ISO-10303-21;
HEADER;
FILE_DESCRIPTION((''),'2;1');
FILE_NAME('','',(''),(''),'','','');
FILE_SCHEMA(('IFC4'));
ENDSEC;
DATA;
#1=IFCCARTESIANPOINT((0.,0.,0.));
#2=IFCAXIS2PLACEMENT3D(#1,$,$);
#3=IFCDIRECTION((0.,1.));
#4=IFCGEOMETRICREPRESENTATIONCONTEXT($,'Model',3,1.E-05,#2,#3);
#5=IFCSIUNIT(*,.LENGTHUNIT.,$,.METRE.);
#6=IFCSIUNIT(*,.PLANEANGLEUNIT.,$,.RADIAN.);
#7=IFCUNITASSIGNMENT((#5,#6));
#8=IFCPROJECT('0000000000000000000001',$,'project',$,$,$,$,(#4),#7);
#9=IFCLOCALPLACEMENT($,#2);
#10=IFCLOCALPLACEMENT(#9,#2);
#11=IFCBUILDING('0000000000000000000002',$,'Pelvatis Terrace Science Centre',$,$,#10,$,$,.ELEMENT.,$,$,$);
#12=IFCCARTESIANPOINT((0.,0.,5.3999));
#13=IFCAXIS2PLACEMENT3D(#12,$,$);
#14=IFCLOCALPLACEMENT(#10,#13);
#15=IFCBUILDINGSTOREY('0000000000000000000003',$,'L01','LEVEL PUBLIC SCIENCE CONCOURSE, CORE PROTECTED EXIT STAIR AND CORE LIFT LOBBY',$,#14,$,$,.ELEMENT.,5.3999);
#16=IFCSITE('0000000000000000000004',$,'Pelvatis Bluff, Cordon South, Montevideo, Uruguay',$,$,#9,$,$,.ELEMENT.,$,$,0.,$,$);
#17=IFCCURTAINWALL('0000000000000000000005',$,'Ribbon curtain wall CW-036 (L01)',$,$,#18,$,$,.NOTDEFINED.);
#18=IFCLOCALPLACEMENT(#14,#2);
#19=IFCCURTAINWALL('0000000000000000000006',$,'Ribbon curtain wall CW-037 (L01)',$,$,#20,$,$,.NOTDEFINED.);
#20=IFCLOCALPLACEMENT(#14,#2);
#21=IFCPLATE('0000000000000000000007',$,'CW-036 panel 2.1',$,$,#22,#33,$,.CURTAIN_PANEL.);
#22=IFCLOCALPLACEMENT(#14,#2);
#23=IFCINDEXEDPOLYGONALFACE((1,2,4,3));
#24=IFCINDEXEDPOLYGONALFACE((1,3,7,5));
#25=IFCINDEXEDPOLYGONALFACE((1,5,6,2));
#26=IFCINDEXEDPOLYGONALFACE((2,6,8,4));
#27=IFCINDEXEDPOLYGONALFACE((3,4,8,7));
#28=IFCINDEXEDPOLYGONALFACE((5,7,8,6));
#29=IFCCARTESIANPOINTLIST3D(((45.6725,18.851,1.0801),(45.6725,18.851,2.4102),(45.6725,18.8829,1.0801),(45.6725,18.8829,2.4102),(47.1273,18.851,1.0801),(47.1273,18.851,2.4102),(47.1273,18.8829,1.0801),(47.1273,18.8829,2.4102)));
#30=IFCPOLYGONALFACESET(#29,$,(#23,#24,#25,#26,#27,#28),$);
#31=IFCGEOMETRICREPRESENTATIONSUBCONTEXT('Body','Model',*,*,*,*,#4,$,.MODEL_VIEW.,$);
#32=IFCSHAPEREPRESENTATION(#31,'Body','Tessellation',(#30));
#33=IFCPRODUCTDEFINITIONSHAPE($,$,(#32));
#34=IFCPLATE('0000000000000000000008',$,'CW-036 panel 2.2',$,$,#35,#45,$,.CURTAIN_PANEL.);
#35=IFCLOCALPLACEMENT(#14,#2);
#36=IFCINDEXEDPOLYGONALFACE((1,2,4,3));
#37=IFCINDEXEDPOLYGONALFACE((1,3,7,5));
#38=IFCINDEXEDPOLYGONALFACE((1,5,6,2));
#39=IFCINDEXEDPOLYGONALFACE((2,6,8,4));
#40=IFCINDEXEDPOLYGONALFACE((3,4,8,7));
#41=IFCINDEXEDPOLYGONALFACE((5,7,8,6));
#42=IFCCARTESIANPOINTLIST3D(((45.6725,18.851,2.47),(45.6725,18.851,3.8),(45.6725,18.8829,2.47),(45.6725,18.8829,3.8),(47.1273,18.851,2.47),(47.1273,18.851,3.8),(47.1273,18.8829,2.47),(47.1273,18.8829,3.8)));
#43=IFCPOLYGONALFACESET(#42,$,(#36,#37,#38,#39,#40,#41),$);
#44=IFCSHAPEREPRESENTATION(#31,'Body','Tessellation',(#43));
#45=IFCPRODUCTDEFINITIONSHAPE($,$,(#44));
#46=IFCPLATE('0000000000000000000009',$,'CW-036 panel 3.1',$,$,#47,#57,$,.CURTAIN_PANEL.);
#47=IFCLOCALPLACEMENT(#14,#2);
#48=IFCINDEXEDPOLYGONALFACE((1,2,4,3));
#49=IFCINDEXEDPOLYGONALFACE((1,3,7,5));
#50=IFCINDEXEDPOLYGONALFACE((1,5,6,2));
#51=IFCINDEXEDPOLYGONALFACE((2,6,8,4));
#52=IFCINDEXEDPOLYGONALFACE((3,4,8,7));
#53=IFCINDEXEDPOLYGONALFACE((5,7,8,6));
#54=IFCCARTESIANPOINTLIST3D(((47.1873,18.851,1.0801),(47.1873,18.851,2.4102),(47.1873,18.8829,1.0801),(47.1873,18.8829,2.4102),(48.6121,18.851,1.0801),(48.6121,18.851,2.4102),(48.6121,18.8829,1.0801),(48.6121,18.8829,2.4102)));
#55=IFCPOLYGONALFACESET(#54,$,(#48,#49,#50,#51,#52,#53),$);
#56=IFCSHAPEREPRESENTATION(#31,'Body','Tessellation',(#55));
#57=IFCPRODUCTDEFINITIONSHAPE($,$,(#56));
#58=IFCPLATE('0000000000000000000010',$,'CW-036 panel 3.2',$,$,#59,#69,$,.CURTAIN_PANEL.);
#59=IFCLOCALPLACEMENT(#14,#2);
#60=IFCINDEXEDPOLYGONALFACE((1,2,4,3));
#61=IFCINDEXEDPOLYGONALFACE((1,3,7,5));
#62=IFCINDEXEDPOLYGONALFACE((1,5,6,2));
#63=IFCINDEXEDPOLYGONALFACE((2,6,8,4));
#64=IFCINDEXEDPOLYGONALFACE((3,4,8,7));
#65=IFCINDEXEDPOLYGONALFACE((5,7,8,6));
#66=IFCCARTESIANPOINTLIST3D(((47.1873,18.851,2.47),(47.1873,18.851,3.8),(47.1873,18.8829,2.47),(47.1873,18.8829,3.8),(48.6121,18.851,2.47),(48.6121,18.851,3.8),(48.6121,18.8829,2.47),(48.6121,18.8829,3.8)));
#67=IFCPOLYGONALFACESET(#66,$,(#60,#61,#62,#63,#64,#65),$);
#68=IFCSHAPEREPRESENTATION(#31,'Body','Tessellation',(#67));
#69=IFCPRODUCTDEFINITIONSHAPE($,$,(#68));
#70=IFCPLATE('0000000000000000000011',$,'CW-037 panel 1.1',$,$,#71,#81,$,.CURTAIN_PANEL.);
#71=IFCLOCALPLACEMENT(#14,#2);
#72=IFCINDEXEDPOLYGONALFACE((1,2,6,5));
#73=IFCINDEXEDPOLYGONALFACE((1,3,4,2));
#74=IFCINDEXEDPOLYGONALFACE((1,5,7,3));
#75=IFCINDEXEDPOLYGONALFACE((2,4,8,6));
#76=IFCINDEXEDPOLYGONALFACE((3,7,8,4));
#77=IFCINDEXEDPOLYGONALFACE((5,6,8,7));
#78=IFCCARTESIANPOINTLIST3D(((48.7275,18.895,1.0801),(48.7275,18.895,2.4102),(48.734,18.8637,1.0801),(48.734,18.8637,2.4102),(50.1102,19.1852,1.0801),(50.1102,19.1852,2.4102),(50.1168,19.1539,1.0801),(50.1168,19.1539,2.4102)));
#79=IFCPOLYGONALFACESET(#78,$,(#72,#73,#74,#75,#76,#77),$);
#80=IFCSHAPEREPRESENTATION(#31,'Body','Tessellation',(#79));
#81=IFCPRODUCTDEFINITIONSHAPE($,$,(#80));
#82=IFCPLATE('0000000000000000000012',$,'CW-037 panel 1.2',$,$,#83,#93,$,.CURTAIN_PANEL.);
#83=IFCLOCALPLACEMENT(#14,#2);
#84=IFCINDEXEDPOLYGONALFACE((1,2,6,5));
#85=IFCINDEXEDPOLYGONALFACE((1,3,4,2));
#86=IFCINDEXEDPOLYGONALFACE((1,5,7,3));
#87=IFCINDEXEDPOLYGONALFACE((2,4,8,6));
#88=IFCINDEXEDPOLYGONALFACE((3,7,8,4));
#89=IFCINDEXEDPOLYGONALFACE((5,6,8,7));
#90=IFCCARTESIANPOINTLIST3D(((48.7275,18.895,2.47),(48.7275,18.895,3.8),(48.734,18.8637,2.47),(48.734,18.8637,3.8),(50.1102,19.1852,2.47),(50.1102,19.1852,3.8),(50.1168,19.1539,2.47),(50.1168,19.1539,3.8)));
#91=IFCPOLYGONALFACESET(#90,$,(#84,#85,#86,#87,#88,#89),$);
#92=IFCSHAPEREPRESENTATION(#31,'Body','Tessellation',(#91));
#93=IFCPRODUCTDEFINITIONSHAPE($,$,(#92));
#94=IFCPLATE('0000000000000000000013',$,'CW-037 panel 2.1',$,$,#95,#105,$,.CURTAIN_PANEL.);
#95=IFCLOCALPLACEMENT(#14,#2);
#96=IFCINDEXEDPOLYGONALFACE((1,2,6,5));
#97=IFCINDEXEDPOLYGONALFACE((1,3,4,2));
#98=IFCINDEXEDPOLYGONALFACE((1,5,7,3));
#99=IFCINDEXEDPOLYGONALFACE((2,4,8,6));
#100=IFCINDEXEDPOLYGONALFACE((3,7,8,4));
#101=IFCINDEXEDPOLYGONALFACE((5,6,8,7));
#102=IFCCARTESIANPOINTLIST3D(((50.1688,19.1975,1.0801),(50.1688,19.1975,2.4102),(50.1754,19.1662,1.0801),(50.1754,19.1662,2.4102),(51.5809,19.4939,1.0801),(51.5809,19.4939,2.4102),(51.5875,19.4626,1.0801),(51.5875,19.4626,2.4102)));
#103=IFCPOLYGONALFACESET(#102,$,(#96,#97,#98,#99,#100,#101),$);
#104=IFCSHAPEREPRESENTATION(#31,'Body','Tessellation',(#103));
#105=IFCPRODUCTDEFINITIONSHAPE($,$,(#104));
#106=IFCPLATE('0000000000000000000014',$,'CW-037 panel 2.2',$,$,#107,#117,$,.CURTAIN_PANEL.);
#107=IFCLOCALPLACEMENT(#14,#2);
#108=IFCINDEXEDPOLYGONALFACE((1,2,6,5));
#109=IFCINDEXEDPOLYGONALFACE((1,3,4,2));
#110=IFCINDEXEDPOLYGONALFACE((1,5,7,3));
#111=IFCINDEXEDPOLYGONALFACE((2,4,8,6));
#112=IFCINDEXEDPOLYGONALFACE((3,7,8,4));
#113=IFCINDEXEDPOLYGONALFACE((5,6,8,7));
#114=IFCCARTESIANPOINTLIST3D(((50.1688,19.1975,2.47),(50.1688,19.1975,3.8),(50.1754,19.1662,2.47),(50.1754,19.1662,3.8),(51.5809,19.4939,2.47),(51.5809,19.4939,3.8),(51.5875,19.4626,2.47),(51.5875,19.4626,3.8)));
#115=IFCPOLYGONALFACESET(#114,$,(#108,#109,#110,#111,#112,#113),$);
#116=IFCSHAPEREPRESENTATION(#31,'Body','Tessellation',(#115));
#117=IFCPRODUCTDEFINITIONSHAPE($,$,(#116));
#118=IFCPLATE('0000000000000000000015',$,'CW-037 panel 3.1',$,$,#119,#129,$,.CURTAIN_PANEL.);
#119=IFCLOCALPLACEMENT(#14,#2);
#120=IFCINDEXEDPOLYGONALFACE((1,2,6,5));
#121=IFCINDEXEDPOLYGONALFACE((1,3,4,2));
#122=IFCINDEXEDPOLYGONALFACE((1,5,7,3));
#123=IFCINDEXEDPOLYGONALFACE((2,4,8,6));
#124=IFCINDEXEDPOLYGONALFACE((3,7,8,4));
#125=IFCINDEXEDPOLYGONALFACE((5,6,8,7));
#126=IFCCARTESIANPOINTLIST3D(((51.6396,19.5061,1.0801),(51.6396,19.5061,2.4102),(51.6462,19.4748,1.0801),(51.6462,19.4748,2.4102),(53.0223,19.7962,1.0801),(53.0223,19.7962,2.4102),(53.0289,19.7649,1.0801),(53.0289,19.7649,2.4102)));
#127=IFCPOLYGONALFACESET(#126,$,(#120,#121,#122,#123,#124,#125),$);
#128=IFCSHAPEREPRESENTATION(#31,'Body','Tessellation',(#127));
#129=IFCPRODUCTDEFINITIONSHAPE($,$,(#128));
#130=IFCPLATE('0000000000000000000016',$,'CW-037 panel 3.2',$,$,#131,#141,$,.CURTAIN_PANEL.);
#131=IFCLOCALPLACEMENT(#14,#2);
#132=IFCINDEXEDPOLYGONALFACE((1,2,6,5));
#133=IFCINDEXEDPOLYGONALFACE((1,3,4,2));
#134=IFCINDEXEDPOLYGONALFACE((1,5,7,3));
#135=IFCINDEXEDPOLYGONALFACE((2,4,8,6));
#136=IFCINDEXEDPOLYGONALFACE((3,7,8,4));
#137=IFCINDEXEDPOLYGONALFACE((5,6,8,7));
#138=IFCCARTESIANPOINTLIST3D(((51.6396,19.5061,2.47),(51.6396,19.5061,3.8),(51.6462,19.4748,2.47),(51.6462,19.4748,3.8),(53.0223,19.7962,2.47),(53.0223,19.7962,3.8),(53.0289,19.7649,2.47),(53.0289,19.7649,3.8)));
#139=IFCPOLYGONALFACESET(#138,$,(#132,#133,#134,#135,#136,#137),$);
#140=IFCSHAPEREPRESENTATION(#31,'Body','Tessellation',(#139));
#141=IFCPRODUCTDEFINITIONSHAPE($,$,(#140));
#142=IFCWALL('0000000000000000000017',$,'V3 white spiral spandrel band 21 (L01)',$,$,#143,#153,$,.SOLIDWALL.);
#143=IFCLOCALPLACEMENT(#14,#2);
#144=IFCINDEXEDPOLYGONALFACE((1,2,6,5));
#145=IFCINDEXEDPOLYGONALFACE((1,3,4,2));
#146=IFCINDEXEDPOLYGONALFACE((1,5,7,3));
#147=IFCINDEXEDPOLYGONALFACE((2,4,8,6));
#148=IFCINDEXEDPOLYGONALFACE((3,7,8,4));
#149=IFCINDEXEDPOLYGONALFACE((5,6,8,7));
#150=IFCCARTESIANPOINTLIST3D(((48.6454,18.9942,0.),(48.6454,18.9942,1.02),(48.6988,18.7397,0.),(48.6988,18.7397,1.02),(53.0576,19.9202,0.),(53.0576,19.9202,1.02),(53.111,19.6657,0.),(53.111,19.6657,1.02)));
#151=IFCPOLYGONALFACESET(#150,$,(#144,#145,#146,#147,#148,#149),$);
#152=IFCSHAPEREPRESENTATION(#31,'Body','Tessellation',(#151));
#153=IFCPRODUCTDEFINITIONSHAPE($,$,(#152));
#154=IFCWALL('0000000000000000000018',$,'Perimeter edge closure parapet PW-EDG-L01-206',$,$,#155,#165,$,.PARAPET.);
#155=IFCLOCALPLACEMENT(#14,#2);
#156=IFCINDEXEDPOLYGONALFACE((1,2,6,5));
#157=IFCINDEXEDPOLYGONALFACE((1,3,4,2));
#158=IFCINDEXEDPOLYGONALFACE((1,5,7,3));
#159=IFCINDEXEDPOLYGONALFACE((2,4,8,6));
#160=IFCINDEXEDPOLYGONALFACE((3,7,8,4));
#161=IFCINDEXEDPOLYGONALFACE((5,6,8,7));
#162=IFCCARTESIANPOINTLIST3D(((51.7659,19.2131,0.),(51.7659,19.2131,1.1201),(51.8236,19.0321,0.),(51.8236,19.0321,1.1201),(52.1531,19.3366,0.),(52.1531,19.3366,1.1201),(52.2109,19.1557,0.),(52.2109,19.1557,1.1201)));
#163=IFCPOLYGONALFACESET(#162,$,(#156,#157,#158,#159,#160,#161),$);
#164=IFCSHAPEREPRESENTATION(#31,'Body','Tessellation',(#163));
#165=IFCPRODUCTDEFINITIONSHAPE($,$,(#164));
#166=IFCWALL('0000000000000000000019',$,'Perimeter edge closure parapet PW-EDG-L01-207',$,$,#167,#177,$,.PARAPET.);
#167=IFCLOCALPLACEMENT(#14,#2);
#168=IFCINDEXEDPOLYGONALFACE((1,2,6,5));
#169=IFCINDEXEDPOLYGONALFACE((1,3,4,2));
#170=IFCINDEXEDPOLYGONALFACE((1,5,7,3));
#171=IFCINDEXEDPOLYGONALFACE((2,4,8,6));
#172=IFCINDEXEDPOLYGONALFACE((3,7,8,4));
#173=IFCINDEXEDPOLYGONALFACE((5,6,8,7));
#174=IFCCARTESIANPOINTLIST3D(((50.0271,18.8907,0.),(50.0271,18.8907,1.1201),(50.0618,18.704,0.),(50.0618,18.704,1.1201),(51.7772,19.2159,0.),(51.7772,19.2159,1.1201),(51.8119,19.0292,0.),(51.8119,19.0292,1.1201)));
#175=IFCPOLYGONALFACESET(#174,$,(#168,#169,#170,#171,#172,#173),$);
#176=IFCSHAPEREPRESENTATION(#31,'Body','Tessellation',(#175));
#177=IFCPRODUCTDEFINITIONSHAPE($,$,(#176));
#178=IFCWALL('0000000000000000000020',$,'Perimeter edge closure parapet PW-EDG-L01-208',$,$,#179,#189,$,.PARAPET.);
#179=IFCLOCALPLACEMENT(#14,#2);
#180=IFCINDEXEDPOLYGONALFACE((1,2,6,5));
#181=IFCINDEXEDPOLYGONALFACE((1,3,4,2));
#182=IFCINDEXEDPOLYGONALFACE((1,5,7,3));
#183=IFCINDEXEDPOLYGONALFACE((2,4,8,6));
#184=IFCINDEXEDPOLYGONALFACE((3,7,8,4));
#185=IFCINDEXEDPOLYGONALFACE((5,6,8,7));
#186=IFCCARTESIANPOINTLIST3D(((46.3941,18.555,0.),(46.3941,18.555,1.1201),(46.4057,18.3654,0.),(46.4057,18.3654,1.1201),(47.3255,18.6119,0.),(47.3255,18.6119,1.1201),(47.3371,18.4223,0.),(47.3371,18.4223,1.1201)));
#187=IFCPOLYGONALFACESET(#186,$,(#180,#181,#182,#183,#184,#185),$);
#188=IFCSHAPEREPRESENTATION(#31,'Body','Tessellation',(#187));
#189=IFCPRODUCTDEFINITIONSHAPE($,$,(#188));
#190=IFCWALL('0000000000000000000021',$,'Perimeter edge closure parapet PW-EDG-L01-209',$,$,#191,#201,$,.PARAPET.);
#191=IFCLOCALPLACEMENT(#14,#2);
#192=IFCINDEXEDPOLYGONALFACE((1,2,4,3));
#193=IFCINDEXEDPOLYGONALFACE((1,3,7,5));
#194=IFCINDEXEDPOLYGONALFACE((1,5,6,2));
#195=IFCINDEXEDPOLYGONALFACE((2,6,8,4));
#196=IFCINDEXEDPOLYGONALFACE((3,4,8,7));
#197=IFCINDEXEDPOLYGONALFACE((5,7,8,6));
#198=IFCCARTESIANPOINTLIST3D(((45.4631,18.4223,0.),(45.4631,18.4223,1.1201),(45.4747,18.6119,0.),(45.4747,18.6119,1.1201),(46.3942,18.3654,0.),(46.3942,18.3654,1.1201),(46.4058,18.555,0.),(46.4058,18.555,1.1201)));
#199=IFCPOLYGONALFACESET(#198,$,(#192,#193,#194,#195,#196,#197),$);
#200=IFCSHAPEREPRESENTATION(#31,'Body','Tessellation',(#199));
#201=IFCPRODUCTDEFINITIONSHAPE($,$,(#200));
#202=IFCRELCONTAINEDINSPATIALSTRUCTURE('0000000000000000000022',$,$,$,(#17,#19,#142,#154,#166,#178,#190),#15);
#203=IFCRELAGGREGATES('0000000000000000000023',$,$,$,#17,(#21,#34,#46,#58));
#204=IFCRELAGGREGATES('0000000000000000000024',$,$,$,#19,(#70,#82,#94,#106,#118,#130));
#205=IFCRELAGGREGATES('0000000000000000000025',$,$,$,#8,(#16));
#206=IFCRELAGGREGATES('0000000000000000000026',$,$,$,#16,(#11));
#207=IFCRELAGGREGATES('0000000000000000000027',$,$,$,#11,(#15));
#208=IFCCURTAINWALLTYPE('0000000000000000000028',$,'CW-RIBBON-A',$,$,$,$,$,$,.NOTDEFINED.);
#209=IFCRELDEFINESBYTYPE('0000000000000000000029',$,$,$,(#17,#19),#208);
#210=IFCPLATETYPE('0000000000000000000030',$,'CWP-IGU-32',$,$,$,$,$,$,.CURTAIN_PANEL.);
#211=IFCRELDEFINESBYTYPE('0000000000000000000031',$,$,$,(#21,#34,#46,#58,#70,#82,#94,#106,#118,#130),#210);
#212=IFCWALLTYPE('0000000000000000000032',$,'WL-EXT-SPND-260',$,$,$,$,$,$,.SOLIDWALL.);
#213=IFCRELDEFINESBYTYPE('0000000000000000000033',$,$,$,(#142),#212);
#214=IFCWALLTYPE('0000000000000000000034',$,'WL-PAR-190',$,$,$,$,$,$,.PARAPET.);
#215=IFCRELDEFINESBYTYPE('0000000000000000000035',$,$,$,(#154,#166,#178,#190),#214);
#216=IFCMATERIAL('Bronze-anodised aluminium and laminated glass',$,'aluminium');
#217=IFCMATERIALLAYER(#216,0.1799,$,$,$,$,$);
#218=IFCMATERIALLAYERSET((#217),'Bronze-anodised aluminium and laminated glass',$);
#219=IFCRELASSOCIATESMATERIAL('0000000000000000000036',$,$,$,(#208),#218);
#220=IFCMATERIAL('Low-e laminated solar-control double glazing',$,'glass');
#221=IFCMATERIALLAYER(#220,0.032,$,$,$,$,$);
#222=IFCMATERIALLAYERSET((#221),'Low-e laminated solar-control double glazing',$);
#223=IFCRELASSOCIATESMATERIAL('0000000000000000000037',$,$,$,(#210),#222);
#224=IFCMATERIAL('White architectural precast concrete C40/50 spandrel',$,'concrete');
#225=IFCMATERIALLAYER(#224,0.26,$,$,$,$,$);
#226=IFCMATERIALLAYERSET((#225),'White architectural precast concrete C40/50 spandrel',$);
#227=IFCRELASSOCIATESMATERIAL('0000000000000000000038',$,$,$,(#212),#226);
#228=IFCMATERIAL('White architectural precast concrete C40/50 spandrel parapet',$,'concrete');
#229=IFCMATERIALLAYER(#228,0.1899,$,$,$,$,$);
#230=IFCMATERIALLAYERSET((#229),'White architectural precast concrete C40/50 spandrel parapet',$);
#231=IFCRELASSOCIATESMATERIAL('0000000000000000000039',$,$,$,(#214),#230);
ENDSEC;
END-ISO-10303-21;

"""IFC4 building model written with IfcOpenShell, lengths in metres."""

from ifc_helpers import new_model, si_unit, direction, frame, frame_2d, origin, origin_2d, place, context, subcontext, project, spatial, rectangle, extrude, material, layer, layer_set, type_object, element, aggregate, save


model = new_model("IFC4")

# Units and contexts
model_context = context("Model", 3, precision=1e-05, world=origin(), true_north=direction((0.0, 1.0)))
body_context = subcontext(model_context, "Body", "Model", "MODEL_VIEW")
ifc_project = project(units=[si_unit("LENGTHUNIT", "METRE"), si_unit("PLANEANGLEUNIT", "RADIAN")], contexts=[model_context])

# Site, building, storey
site_placement = place(None, origin())
site = spatial("IfcSite", under=ifc_project, at=site_placement, Name="Pelvatis Bluff, Cordon South, Montevideo, Uruguay", CompositionType="ELEMENT", RefElevation=0.0)
building_placement = place(site_placement, origin())
building = spatial("IfcBuilding", under=site, at=building_placement, Name="Pelvatis Terrace Science Centre", CompositionType="ELEMENT")
storey_placement = place(building_placement, frame((0.0, 0.0, 5.3999)))
storey = spatial("IfcBuildingStorey", under=building, at=storey_placement, Name="L01", Description="LEVEL PUBLIC SCIENCE CONCOURSE, CORE PROTECTED EXIT STAIR AND CORE LIFT LOBBY", CompositionType="ELEMENT", Elevation=5.3999)

# Curtain walls
ifc_material_1 = material(Name="Bronze-anodised aluminium and laminated glass", Category="aluminium")
ifc_layer_1 = layer(ifc_material_1, 0.1799)
ifc_layer_set_1 = layer_set([ifc_layer_1], Name="Bronze-anodised aluminium and laminated glass")
curtain_wall_type = type_object("IfcCurtainWallType", Name="CW-RIBBON-A", PredefinedType="NOTDEFINED", material=ifc_layer_set_1)
curtain_wall_1_placement = place(storey_placement, origin())
curtain_wall_1 = element("IfcCurtainWall", 1, at=curtain_wall_1_placement, inside=storey, type_object=curtain_wall_type, Name="Ribbon curtain wall CW-036 (L01)", PredefinedType="NOTDEFINED")
curtain_wall_2_placement = place(storey_placement, origin())
curtain_wall_2 = element("IfcCurtainWall", 2, at=curtain_wall_2_placement, inside=storey, type_object=curtain_wall_type, Name="Ribbon curtain wall CW-037 (L01)", PredefinedType="NOTDEFINED")

# Plates
ifc_material_2 = material(Name="Low-e laminated solar-control double glazing", Category="glass")
ifc_layer_2 = layer(ifc_material_2, 0.032)
ifc_layer_set_2 = layer_set([ifc_layer_2], Name="Low-e laminated solar-control double glazing")
plate_type = type_object("IfcPlateType", Name="CWP-IGU-32", PredefinedType="CURTAIN_PANEL", material=ifc_layer_set_2)
plate_1_placement = place(storey_placement, frame((46.3999, 18.8669, 1.0801), z_axis=(0.0, 0.0, 1.0), x_axis=(1.0, 0.0, 0.0)))
plate_1 = element("IfcPlate", 3, at=plate_1_placement, type_object=plate_type, Name="CW-036 panel 2.1", PredefinedType="CURTAIN_PANEL", context=body_context, shape_type="SweptSolid", body=[
    extrude(rectangle(XDim=1.4548, YDim=0.032, at=origin_2d()), origin(), (0.0, 0.0, 1.0), 1.3301),
])
plate_2_placement = place(storey_placement, frame((46.3999, 18.8669, 2.47), z_axis=(0.0, 0.0, 1.0), x_axis=(1.0, 0.0, 0.0)))
plate_2 = element("IfcPlate", 4, at=plate_2_placement, type_object=plate_type, Name="CW-036 panel 2.2", PredefinedType="CURTAIN_PANEL", context=body_context, shape_type="SweptSolid", body=[
    extrude(rectangle(XDim=1.4548, YDim=0.032, at=origin_2d()), origin(), (0.0, 0.0, 1.0), 1.3301),
])
plate_3_placement = place(storey_placement, frame((47.8997, 18.8669, 1.0801), z_axis=(0.0, 0.0, 1.0), x_axis=(1.0, 0.0, 0.0)))
plate_3 = element("IfcPlate", 5, at=plate_3_placement, type_object=plate_type, Name="CW-036 panel 3.1", PredefinedType="CURTAIN_PANEL", context=body_context, shape_type="SweptSolid", body=[
    extrude(rectangle(XDim=1.4248, YDim=0.032, at=origin_2d()), origin(), (0.0, 0.0, 1.0), 1.3301),
])
plate_4_placement = place(storey_placement, frame((47.8997, 18.8669, 2.47), z_axis=(0.0, 0.0, 1.0), x_axis=(1.0, 0.0, 0.0)))
plate_4 = element("IfcPlate", 6, at=plate_4_placement, type_object=plate_type, Name="CW-036 panel 3.2", PredefinedType="CURTAIN_PANEL", context=body_context, shape_type="SweptSolid", body=[
    extrude(rectangle(XDim=1.4248, YDim=0.032, at=origin_2d()), origin(), (0.0, 0.0, 1.0), 1.3301),
])
aggregate(curtain_wall_1, [plate_1, plate_2, plate_3, plate_4])
plate_5_placement = place(storey_placement, frame((49.4221, 19.0244, 1.0801), z_axis=(0.0, 0.0, 1.0), x_axis=(0.978679, 0.205398, 0.0)))
plate_5 = element("IfcPlate", 7, at=plate_5_placement, type_object=plate_type, Name="CW-037 panel 1.1", PredefinedType="CURTAIN_PANEL", context=body_context, shape_type="SweptSolid", body=[
    extrude(rectangle(XDim=1.4128, YDim=0.032, at=origin_2d()), origin(), (0.0, 0.0, 1.0), 1.3301),
])
plate_6_placement = place(storey_placement, frame((49.4221, 19.0244, 2.47), z_axis=(0.0, 0.0, 1.0), x_axis=(0.978679, 0.205398, 0.0)))
plate_6 = element("IfcPlate", 8, at=plate_6_placement, type_object=plate_type, Name="CW-037 panel 1.2", PredefinedType="CURTAIN_PANEL", context=body_context, shape_type="SweptSolid", body=[
    extrude(rectangle(XDim=1.4128, YDim=0.032, at=origin_2d()), origin(), (0.0, 0.0, 1.0), 1.3301),
])
plate_7_placement = place(storey_placement, frame((50.8782, 19.3301, 1.0801), z_axis=(0.0, 0.0, 1.0), x_axis=(0.978679, 0.205398, 0.0)))
plate_7 = element("IfcPlate", 9, at=plate_7_placement, type_object=plate_type, Name="CW-037 panel 2.1", PredefinedType="CURTAIN_PANEL", context=body_context, shape_type="SweptSolid", body=[
    extrude(rectangle(XDim=1.4429, YDim=0.032, at=origin_2d()), origin(), (0.0, 0.0, 1.0), 1.3301),
])
plate_8_placement = place(storey_placement, frame((50.8782, 19.3301, 2.47), z_axis=(0.0, 0.0, 1.0), x_axis=(0.978679, 0.205398, 0.0)))
plate_8 = element("IfcPlate", 10, at=plate_8_placement, type_object=plate_type, Name="CW-037 panel 2.2", PredefinedType="CURTAIN_PANEL", context=body_context, shape_type="SweptSolid", body=[
    extrude(rectangle(XDim=1.4429, YDim=0.032, at=origin_2d()), origin(), (0.0, 0.0, 1.0), 1.3301),
])
plate_9_placement = place(storey_placement, frame((52.3342, 19.6355, 1.0801), z_axis=(0.0, 0.0, 1.0), x_axis=(0.978679, 0.205398, 0.0)))
plate_9 = element("IfcPlate", 11, at=plate_9_placement, type_object=plate_type, Name="CW-037 panel 3.1", PredefinedType="CURTAIN_PANEL", context=body_context, shape_type="SweptSolid", body=[
    extrude(rectangle(XDim=1.4128, YDim=0.032, at=origin_2d()), origin(), (0.0, 0.0, 1.0), 1.3301),
])
plate_10_placement = place(storey_placement, frame((52.3342, 19.6355, 2.47), z_axis=(0.0, 0.0, 1.0), x_axis=(0.978679, 0.205398, 0.0)))
plate_10 = element("IfcPlate", 12, at=plate_10_placement, type_object=plate_type, Name="CW-037 panel 3.2", PredefinedType="CURTAIN_PANEL", context=body_context, shape_type="SweptSolid", body=[
    extrude(rectangle(XDim=1.4128, YDim=0.032, at=origin_2d()), origin(), (0.0, 0.0, 1.0), 1.3301),
])
aggregate(curtain_wall_2, [plate_5, plate_6, plate_7, plate_8, plate_9, plate_10])

# Walls
ifc_material_3 = material(Name="White architectural precast concrete C40/50 spandrel", Category="concrete")
ifc_layer_3 = layer(ifc_material_3, 0.26)
ifc_layer_set_3 = layer_set([ifc_layer_3], Name="White architectural precast concrete C40/50 spandrel")
wall_type_1 = type_object("IfcWallType", Name="WL-EXT-SPND-260", PredefinedType="SOLIDWALL", material=ifc_layer_set_3)
wall_1_placement = place(storey_placement, frame((48.6721, 18.8669, 0.0), z_axis=(0.0, 0.0, 1.0), x_axis=(0.978677, 0.205407, 0.0)))
element("IfcWall", 13, at=wall_1_placement, inside=storey, type_object=wall_type_1, Name="V3 white spiral spandrel band 21 (L01)", PredefinedType="SOLIDWALL", context=body_context, shape_type="SweptSolid", body=[
    extrude(rectangle(XDim=4.5083, YDim=0.26, at=frame_2d((2.2542, 0.0))), origin(), (0.0, 0.0, 1.0), 1.02),
])
ifc_material_4 = material(Name="White architectural precast concrete C40/50 spandrel parapet", Category="concrete")
ifc_layer_4 = layer(ifc_material_4, 0.1899)
ifc_layer_set_4 = layer_set([ifc_layer_4], Name="White architectural precast concrete C40/50 spandrel parapet")
wall_type_2 = type_object("IfcWallType", Name="WL-PAR-190", PredefinedType="PARAPET", material=ifc_layer_set_4)
wall_2_placement = place(storey_placement, frame((52.1819, 19.2461, 0.0), z_axis=(0.0, 0.0, 1.0), x_axis=(-0.952689, -0.303947, 0.0)))
element("IfcWall", 14, at=wall_2_placement, inside=storey, type_object=wall_type_2, Name="Perimeter edge closure parapet PW-EDG-L01-206", PredefinedType="PARAPET", context=body_context, shape_type="SweptSolid", body=[
    extrude(rectangle(XDim=0.4065, YDim=0.1899, at=frame_2d((0.2031, 0.0))), origin(), (0.0, 0.0, 1.0), 1.1201),
])
wall_3_placement = place(storey_placement, frame((51.7947, 19.1226, 0.0), z_axis=(0.0, 0.0, 1.0), x_axis=(-0.983169, -0.182698, 0.0)))
element("IfcWall", 15, at=wall_3_placement, inside=storey, type_object=wall_type_2, Name="Perimeter edge closure parapet PW-EDG-L01-207", PredefinedType="PARAPET", context=body_context, shape_type="SweptSolid", body=[
    extrude(rectangle(XDim=1.78, YDim=0.1899, at=frame_2d((0.8901, 0.0))), origin(), (0.0, 0.0, 1.0), 1.1201),
])
wall_4_placement = place(storey_placement, frame((47.3313, 18.5171, 0.0), z_axis=(0.0, 0.0, 1.0), x_axis=(-0.99814, -0.060961, 0.0)))
element("IfcWall", 16, at=wall_4_placement, inside=storey, type_object=wall_type_2, Name="Perimeter edge closure parapet PW-EDG-L01-208", PredefinedType="PARAPET", context=body_context, shape_type="SweptSolid", body=[
    extrude(rectangle(XDim=0.9331, YDim=0.1899, at=frame_2d((0.4666, 0.0))), origin(), (0.0, 0.0, 1.0), 1.1201),
])
wall_5_placement = place(storey_placement, frame((46.3999, 18.4602, 0.0), z_axis=(0.0, 0.0, 1.0), x_axis=(-0.998139, 0.060977, 0.0)))
element("IfcWall", 17, at=wall_5_placement, inside=storey, type_object=wall_type_2, Name="Perimeter edge closure parapet PW-EDG-L01-209", PredefinedType="PARAPET", context=body_context, shape_type="SweptSolid", body=[
    extrude(rectangle(XDim=0.9329, YDim=0.1899, at=frame_2d((0.4663, 0.0))), origin(), (0.0, 0.0, 1.0), 1.1201),
])

save(model, "model.ifc")
